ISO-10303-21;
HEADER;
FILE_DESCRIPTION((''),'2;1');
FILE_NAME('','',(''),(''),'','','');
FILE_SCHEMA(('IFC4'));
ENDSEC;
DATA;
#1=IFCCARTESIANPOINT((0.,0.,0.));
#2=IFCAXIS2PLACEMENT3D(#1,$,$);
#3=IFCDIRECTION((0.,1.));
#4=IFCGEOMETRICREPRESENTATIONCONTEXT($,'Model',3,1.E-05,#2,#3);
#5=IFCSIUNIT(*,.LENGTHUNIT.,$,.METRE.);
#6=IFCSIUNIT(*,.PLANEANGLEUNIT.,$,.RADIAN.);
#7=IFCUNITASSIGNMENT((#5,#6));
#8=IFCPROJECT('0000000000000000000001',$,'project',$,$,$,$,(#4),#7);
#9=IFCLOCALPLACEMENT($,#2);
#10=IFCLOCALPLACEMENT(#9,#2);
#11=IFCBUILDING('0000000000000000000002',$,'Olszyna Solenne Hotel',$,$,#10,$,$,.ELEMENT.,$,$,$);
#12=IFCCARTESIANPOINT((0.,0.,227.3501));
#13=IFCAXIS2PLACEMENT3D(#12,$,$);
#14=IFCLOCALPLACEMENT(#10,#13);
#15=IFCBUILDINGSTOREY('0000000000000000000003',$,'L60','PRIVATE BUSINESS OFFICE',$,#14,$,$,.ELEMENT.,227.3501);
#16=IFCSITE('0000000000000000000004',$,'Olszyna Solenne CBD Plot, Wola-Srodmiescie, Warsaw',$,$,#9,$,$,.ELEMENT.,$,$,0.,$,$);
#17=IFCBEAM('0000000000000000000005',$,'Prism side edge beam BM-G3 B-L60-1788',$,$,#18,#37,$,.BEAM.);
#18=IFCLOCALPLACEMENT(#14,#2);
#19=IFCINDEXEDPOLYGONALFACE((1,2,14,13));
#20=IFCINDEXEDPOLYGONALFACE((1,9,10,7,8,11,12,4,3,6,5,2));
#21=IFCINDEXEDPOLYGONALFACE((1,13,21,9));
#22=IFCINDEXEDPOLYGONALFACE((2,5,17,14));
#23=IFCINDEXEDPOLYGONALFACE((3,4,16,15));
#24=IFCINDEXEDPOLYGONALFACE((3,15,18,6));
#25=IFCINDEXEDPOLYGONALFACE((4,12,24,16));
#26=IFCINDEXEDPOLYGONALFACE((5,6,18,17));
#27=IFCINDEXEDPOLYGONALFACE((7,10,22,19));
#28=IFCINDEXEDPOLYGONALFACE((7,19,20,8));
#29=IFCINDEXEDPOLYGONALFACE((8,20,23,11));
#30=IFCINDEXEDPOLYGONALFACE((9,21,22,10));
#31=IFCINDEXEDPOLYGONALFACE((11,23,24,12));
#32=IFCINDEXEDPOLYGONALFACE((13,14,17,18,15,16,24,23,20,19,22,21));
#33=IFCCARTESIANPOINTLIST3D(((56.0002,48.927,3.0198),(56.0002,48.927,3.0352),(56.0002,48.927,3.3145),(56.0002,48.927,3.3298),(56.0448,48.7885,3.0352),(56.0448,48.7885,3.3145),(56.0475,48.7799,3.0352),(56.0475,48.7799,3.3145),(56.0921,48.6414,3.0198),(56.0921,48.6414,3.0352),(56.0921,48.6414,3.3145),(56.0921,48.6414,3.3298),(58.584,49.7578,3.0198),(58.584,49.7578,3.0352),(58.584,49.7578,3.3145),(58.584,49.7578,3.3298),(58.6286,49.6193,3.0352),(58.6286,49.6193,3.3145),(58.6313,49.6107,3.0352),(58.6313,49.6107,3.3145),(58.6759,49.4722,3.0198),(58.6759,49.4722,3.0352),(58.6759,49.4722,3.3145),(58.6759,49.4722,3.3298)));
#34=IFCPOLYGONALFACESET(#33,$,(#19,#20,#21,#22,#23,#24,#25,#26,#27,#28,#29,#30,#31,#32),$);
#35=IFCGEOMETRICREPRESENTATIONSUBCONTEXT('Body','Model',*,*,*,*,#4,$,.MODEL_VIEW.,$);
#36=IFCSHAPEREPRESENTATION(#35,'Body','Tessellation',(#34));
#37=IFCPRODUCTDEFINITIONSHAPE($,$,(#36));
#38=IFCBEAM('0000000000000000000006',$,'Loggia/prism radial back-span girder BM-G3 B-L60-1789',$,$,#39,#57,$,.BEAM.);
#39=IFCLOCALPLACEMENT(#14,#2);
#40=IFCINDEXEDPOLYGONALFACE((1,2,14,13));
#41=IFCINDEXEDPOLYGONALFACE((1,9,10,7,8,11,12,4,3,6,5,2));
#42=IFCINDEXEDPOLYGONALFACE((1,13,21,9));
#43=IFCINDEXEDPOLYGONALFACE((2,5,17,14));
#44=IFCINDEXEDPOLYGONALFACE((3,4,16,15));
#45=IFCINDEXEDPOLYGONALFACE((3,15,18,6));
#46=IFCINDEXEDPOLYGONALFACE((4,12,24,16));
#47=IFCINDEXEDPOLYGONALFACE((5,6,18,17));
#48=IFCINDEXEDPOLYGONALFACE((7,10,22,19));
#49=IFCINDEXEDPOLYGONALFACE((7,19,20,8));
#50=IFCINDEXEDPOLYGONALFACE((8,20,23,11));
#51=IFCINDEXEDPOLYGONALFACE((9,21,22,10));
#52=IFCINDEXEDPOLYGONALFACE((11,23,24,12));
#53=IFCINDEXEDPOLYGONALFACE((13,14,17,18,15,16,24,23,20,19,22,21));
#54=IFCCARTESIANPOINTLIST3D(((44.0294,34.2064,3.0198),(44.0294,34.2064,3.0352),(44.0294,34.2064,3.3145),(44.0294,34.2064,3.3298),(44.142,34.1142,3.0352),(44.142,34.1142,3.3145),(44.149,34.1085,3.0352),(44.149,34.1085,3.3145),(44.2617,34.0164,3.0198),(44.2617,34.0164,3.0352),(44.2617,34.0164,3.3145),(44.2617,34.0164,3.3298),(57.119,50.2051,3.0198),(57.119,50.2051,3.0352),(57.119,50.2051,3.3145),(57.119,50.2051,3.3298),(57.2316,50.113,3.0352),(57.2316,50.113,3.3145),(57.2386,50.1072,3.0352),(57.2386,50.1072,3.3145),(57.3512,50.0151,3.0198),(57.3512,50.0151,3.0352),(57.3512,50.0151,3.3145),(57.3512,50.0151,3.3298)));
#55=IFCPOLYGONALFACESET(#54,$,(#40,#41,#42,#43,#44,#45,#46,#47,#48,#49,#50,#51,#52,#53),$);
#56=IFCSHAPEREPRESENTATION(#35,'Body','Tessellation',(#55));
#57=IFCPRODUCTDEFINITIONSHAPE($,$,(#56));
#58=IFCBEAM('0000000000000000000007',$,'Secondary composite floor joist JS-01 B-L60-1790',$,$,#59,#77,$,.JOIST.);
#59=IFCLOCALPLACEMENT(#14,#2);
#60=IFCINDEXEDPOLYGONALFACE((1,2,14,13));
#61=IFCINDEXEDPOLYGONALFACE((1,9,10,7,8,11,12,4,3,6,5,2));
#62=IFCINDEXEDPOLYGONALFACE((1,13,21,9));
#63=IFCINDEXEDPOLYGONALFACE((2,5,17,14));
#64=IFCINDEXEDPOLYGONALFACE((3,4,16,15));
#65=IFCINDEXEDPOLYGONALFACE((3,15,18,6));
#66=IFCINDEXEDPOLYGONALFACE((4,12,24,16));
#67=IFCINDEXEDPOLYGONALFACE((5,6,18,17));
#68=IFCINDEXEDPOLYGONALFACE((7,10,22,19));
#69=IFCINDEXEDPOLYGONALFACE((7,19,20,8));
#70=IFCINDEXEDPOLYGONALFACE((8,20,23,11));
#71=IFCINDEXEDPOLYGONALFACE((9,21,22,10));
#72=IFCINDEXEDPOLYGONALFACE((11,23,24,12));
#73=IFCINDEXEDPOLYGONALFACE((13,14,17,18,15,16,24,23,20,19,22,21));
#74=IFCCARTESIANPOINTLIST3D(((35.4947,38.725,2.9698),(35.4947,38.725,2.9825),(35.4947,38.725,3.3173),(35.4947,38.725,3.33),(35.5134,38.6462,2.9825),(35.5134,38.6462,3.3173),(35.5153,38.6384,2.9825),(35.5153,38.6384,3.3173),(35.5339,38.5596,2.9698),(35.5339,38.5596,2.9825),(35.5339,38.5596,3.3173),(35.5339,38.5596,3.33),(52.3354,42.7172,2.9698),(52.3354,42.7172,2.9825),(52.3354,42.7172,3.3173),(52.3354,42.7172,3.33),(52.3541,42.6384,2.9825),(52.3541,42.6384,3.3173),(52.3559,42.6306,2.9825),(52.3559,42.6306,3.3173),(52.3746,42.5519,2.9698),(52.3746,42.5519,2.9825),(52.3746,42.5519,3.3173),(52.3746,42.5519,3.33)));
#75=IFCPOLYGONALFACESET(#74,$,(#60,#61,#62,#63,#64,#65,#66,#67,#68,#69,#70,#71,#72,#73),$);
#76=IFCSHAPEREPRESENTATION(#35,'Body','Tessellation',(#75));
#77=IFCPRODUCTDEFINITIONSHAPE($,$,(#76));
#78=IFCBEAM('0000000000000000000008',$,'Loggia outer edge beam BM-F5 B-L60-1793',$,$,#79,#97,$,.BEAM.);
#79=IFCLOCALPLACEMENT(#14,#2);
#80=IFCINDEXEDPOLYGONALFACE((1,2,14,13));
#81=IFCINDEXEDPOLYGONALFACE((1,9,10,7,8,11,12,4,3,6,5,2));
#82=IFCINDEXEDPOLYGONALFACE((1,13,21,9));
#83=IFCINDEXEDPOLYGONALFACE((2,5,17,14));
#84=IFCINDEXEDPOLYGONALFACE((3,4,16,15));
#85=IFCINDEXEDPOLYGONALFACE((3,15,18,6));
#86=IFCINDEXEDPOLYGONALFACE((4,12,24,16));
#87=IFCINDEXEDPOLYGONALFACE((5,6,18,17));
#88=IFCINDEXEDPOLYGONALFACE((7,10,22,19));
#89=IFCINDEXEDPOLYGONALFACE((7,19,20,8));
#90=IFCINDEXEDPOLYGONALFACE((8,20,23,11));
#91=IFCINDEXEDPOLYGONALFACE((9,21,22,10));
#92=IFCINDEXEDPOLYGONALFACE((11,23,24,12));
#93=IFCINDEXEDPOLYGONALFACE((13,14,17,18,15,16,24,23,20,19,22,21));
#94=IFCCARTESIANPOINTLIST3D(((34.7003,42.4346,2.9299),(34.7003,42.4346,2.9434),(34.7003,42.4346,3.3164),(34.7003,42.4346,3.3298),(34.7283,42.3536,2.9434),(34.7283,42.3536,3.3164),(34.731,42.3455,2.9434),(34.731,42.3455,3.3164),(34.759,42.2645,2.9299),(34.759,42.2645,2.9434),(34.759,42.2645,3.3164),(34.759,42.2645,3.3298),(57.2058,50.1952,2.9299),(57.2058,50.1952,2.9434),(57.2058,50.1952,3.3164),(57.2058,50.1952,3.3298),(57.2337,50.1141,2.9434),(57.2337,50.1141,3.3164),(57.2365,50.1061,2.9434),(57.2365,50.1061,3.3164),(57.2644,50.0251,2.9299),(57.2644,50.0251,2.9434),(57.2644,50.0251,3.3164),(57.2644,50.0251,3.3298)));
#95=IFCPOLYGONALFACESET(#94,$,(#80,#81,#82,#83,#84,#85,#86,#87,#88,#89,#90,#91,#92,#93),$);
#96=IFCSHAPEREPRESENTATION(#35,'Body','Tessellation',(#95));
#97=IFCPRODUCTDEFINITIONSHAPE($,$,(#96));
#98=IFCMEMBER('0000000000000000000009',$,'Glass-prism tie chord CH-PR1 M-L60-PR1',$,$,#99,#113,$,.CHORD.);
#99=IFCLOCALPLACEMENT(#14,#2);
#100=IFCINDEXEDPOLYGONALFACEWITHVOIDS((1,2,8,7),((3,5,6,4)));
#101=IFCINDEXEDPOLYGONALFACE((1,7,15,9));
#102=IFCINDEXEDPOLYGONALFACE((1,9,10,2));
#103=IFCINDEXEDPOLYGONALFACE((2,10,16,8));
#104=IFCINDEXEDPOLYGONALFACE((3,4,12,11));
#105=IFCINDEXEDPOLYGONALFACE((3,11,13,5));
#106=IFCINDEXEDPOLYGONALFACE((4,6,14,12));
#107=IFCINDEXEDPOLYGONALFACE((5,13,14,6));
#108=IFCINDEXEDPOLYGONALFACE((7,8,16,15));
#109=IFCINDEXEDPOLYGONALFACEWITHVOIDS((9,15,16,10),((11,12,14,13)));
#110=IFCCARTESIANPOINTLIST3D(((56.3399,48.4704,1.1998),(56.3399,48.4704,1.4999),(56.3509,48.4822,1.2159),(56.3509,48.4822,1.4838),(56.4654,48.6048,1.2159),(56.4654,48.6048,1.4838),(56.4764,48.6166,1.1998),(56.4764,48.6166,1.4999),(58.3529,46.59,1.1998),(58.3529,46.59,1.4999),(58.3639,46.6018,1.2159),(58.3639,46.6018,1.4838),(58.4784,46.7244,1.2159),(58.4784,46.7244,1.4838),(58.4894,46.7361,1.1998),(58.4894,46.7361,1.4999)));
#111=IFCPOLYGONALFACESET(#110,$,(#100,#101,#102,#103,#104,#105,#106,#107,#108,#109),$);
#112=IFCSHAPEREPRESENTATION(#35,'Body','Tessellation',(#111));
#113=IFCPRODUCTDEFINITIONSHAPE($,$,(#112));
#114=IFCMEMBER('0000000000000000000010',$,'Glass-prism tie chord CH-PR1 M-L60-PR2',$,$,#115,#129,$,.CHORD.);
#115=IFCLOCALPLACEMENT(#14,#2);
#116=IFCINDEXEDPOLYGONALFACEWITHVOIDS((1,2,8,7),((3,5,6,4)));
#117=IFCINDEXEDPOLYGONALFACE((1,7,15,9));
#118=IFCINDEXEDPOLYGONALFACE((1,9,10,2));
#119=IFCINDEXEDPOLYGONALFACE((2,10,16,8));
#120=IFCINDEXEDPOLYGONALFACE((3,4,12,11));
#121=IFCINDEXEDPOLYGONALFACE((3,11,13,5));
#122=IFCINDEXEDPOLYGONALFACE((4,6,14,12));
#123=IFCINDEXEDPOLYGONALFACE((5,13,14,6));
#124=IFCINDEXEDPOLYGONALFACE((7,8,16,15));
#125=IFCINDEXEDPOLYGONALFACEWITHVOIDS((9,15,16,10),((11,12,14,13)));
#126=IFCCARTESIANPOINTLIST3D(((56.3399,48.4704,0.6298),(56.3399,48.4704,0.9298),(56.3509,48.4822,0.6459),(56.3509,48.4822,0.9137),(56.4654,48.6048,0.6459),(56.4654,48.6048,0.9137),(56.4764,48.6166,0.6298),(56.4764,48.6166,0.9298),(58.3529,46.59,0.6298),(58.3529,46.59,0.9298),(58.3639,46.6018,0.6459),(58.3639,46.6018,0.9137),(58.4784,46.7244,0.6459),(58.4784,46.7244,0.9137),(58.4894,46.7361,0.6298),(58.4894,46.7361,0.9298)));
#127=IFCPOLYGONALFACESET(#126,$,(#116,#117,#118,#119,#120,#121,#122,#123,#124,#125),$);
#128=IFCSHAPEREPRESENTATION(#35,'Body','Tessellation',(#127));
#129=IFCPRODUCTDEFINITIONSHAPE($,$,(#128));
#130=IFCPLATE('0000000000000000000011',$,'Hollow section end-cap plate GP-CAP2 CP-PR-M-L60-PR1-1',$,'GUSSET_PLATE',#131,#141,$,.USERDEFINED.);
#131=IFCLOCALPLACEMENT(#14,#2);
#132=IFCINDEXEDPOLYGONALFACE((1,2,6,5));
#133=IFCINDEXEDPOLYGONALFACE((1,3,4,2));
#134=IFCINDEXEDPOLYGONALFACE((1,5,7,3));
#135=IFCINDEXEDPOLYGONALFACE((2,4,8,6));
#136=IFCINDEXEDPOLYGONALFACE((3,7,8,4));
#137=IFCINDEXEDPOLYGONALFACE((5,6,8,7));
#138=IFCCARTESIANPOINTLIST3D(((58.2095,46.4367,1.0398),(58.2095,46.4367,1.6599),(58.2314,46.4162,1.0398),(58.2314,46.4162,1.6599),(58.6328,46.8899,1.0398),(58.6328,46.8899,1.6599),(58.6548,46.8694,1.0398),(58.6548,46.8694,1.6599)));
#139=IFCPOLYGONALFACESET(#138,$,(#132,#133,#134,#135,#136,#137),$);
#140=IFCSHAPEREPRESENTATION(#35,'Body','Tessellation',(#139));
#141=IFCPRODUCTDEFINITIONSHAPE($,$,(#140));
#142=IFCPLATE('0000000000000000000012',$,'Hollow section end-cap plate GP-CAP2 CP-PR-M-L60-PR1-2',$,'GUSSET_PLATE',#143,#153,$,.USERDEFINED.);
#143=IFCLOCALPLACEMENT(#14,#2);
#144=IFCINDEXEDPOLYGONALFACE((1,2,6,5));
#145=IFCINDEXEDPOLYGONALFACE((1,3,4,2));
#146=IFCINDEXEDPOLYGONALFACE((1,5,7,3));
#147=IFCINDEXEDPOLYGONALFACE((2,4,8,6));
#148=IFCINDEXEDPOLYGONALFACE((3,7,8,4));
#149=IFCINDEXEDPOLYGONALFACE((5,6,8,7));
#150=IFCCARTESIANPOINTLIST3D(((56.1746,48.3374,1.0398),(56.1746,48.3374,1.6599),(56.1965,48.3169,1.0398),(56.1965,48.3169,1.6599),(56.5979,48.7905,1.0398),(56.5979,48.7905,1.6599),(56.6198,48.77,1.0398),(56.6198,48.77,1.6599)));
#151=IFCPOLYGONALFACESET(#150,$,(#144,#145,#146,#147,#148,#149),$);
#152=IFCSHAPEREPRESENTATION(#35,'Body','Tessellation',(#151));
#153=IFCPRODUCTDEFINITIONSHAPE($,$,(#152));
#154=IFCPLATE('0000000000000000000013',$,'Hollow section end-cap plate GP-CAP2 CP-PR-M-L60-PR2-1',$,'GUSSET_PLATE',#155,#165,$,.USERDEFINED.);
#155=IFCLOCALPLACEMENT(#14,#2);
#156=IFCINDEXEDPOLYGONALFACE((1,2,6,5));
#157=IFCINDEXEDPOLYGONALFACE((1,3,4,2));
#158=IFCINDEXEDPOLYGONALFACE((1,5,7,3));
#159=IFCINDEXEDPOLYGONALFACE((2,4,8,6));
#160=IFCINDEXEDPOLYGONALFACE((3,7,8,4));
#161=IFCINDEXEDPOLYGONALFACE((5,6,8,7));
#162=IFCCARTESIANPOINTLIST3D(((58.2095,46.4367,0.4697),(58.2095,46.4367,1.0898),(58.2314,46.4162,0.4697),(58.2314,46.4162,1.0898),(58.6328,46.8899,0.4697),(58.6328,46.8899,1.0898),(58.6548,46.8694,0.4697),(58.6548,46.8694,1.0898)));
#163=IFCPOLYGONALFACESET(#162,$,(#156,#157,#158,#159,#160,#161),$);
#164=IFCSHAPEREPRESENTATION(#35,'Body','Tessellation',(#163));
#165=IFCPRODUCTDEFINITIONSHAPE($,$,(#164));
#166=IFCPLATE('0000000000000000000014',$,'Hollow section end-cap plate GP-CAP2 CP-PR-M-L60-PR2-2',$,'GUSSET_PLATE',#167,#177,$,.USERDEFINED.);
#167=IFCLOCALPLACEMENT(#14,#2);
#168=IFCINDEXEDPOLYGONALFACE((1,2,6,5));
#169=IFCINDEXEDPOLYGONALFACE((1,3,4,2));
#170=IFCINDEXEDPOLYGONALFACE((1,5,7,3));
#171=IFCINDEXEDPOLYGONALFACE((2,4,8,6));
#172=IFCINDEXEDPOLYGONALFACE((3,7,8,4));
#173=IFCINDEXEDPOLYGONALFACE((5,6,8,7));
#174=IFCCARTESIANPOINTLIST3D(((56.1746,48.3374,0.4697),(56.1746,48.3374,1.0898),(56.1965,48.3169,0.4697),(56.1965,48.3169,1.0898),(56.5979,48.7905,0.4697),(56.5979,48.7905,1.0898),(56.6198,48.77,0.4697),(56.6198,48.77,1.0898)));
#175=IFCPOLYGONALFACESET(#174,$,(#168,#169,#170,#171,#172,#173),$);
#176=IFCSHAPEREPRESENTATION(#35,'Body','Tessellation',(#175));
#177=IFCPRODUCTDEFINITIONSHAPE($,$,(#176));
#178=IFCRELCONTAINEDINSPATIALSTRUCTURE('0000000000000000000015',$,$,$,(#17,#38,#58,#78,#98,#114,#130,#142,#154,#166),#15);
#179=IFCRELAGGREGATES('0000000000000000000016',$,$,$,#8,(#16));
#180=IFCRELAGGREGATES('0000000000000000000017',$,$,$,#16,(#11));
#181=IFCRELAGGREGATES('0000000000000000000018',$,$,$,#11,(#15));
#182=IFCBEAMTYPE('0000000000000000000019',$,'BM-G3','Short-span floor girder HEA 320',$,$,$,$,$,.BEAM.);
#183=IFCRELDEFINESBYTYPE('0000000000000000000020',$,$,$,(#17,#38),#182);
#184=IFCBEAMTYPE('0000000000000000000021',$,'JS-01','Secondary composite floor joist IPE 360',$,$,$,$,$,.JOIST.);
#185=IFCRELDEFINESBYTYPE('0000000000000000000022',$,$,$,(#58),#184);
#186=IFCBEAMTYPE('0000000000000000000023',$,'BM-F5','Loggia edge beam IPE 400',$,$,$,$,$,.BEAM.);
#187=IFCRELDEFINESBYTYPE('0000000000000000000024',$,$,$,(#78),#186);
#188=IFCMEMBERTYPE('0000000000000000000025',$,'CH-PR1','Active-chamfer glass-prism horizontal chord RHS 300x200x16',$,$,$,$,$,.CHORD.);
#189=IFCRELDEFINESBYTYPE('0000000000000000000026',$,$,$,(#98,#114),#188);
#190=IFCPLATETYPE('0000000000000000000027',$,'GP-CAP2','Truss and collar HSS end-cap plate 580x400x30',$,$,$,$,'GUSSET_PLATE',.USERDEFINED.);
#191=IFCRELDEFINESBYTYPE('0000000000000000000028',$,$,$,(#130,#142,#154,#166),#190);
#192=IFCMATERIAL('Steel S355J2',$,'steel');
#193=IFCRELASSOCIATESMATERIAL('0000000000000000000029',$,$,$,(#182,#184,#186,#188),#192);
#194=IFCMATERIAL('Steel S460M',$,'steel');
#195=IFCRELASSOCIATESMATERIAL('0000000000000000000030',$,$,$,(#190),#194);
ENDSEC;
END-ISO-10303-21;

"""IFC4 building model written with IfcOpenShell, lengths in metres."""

from ifc_helpers import new_model, si_unit, direction, frame, origin, origin_2d, place, context, subcontext, project, spatial, rectangle, hollow_rectangle, i_section, extrude, source, transform, mapped, material, material_profile, profile_set, type_object, element, save


model = new_model("IFC4")

# Units and contexts
model_context = context("Model", 3, precision=1e-05, world=origin(), true_north=direction((0.0, 1.0)))
body_context = subcontext(model_context, "Body", "Model", "MODEL_VIEW")
ifc_project = project(units=[si_unit("LENGTHUNIT", "METRE"), si_unit("PLANEANGLEUNIT", "RADIAN")], contexts=[model_context])

# Site, building, storey
site_placement = place(None, origin())
site = spatial("IfcSite", under=ifc_project, at=site_placement, Name="Olszyna Solenne CBD Plot, Wola-Srodmiescie, Warsaw", CompositionType="ELEMENT", RefElevation=0.0)
building_placement = place(site_placement, origin())
building = spatial("IfcBuilding", under=site, at=building_placement, Name="Olszyna Solenne Hotel", CompositionType="ELEMENT")
storey_placement = place(building_placement, frame((0.0, 0.0, 227.3501)))
storey = spatial("IfcBuildingStorey", under=building, at=storey_placement, Name="L60", Description="PRIVATE BUSINESS OFFICE", CompositionType="ELEMENT", Elevation=227.3501)

# Shared definitions
ifc_material_1 = material(Name="Steel S460M", Category="steel")

# Beams
ifc_material_2 = material(Name="Steel S355J2", Category="steel")
ifc_material_profile_1 = material_profile(ifc_material_2, i_section(OverallWidth=0.3, OverallDepth=0.3101, WebThickness=0.009, FlangeThickness=0.0154, at=origin_2d()), Name="HEA 320", Category="load-bearing")
ifc_profile_set_1 = profile_set([ifc_material_profile_1], Name="Steel S355J2")
beam_type_1 = type_object("IfcBeamType", Name="BM-G3", Description="Short-span floor girder HEA 320", PredefinedType="BEAM", material=ifc_profile_set_1)
shared_shape_1 = source(origin(), body_context, "Body", "SweptSolid", [
    extrude(i_section(OverallWidth=0.3, OverallDepth=0.3101, WebThickness=0.009, FlangeThickness=0.0154, at=origin_2d()), origin(), (0.0, 0.0, 1.0), 2.7141),
])
beam_1_placement = place(storey_placement, frame((56.0461, 48.7842, 3.1748), z_axis=(0.951994, 0.306117, 0.0), x_axis=(-0.306117, 0.951994, 0.0)))
element("IfcBeam", 1, at=beam_1_placement, inside=storey, type_object=beam_type_1, Name="Prism side edge beam BM-G3 B-L60-1788", PredefinedType="BEAM", context=body_context, shape_type="MappedRepresentation", body=[
    mapped(shared_shape_1, transform((0.0, 0.0, 0.0), x_axis=(1.0, 0.0, 0.0), y_axis=(0.0, 1.0, 0.0), z_axis=(0.0, 0.0, 1.0), scale=1.0)),
])
shared_shape_2 = source(origin(), body_context, "Body", "SweptSolid", [
    extrude(i_section(OverallWidth=0.3, OverallDepth=0.3101, WebThickness=0.009, FlangeThickness=0.0154, at=origin_2d()), origin(), (0.0, 0.0, 1.0), 20.6711),
])
beam_2_placement = place(storey_placement, frame((57.2351, 50.1101, 3.1748), z_axis=(-0.633229, -0.773965, 0.0), x_axis=(0.773965, -0.633229, 0.0)))
element("IfcBeam", 2, at=beam_2_placement, inside=storey, type_object=beam_type_1, Name="Loggia/prism radial back-span girder BM-G3 B-L60-1789", PredefinedType="BEAM", context=body_context, shape_type="MappedRepresentation", body=[
    mapped(shared_shape_2, transform((0.0, 0.0, 0.0), x_axis=(1.0, 0.0, 0.0), y_axis=(0.0, 1.0, 0.0), z_axis=(0.0, 0.0, 1.0), scale=1.0)),
])
ifc_material_profile_2 = material_profile(ifc_material_2, i_section(OverallWidth=0.1699, OverallDepth=0.3601, WebThickness=0.0081, FlangeThickness=0.0127, at=origin_2d()), Name="IPE 360", Category="load-bearing")
ifc_profile_set_2 = profile_set([ifc_material_profile_2], Name="Steel S355J2")
beam_type_2 = type_object("IfcBeamType", Name="JS-01", Description="Secondary composite floor joist IPE 360", PredefinedType="JOIST", material=ifc_profile_set_2)
shared_shape_3 = source(origin(), body_context, "Body", "SweptSolid", [
    extrude(i_section(OverallWidth=0.1699, OverallDepth=0.3601, WebThickness=0.0081, FlangeThickness=0.0127, at=origin_2d()), origin(), (0.0, 0.0, 1.0), 17.3074),
])
beam_3_placement = place(storey_placement, frame((52.355, 42.6345, 3.1499), z_axis=(-0.973033, -0.230665, 0.0), x_axis=(0.230665, -0.973033, 0.0)))
element("IfcBeam", 3, at=beam_3_placement, inside=storey, type_object=beam_type_2, Name="Secondary composite floor joist JS-01 B-L60-1790", PredefinedType="JOIST", context=body_context, shape_type="MappedRepresentation", body=[
    mapped(shared_shape_3, transform((0.0, 0.0, 0.0), x_axis=(1.0, 0.0, 0.0), y_axis=(0.0, 1.0, 0.0), z_axis=(0.0, 0.0, 1.0), scale=1.0)),
])
ifc_material_profile_3 = material_profile(ifc_material_2, i_section(OverallWidth=0.1799, OverallDepth=0.3999, WebThickness=0.0085, FlangeThickness=0.0134, at=origin_2d()), Name="IPE 400", Category="load-bearing")
ifc_profile_set_3 = profile_set([ifc_material_profile_3], Name="Steel S355J2")
beam_type_3 = type_object("IfcBeamType", Name="BM-F5", Description="Loggia edge beam IPE 400", PredefinedType="BEAM", material=ifc_profile_set_3)
shared_shape_4 = source(origin(), body_context, "Body", "SweptSolid", [
    extrude(i_section(OverallWidth=0.1799, OverallDepth=0.3999, WebThickness=0.0085, FlangeThickness=0.0134, at=origin_2d()), origin(), (0.0, 0.0, 1.0), 23.8059),
])
beam_4_placement = place(storey_placement, frame((57.2351, 50.1101, 3.1299), z_axis=(-0.945373, -0.325992, 0.0), x_axis=(0.325992, -0.945373, 0.0)))
element("IfcBeam", 4, at=beam_4_placement, inside=storey, type_object=beam_type_3, Name="Loggia outer edge beam BM-F5 B-L60-1793", PredefinedType="BEAM", context=body_context, shape_type="MappedRepresentation", body=[
    mapped(shared_shape_4, transform((0.0, 0.0, 0.0), x_axis=(1.0, 0.0, 0.0), y_axis=(0.0, 1.0, 0.0), z_axis=(0.0, 0.0, 1.0), scale=1.0)),
])

# Members
ifc_material_profile_4 = material_profile(ifc_material_2, hollow_rectangle(XDim=0.2, YDim=0.3, WallThickness=0.0161, at=origin_2d()), Name="RHS 300x200x16", Category="load-bearing")
ifc_profile_set_4 = profile_set([ifc_material_profile_4], Name="Steel S355J2")
member_type = type_object("IfcMemberType", Name="CH-PR1", Description="Active-chamfer glass-prism horizontal chord RHS 300x200x16", PredefinedType="CHORD", material=ifc_profile_set_4)
shared_shape_5 = source(origin(), body_context, "Body", "SweptSolid", [
    extrude(hollow_rectangle(XDim=0.2, YDim=0.3, WallThickness=0.0161, at=origin_2d()), origin(), (0.0, 0.0, 1.0), 2.7546),
])
for number, where, z_axis, x_axis, name in (
    (5, (58.4211, 46.6631, 1.3499), (-0.73076, 0.682634, 0.0), (-0.682634, -0.73076, 0.0), "Glass-prism tie chord CH-PR1 M-L60-PR1"),
    (6, (58.4211, 46.6631, 0.7798), (-0.73076, 0.682634, 0.0), (-0.682634, -0.73076, 0.0), "Glass-prism tie chord CH-PR1 M-L60-PR2"),
):
    element("IfcMember", number, at=place(storey_placement, frame(where, z_axis=z_axis, x_axis=x_axis)), inside=storey, type_object=member_type, Name=name, PredefinedType="CHORD", context=body_context, shape_type="MappedRepresentation", body=[
        mapped(shared_shape_5, transform((0.0, 0.0, 0.0), x_axis=(1.0, 0.0, 0.0), y_axis=(0.0, 1.0, 0.0), z_axis=(0.0, 0.0, 1.0), scale=1.0)),
    ])

# Plates
plate_type = type_object("IfcPlateType", Name="GP-CAP2", Description="Truss and collar HSS end-cap plate 580x400x30", ElementType="GUSSET_PLATE", PredefinedType="USERDEFINED", material=ifc_material_1)
shared_shape_6 = source(origin(), body_context, "Body", "SweptSolid", [
    extrude(rectangle(XDim=0.03, YDim=0.6201, at=origin_2d()), origin(), (0.0, 0.0, 1.0), 0.6201),
])
for number, where, z_axis, x_axis, name in (
    (7, (58.4321, 46.6531, 1.0398), (0.0, 0.0, 1.0), (-0.730758, 0.682636, 0.0), "Hollow section end-cap plate GP-CAP2 CP-PR-M-L60-PR1-1"),
    (8, (56.3972, 48.5537, 1.0398), (0.0, 0.0, 1.0), (-0.730758, 0.682636, 0.0), "Hollow section end-cap plate GP-CAP2 CP-PR-M-L60-PR1-2"),
    (9, (58.4321, 46.6531, 0.4697), (0.0, 0.0, 1.0), (-0.730758, 0.682636, 0.0), "Hollow section end-cap plate GP-CAP2 CP-PR-M-L60-PR2-1"),
    (10, (56.3972, 48.5537, 0.4697), (0.0, 0.0, 1.0), (-0.730758, 0.682636, 0.0), "Hollow section end-cap plate GP-CAP2 CP-PR-M-L60-PR2-2"),
):
    element("IfcPlate", number, at=place(storey_placement, frame(where, z_axis=z_axis, x_axis=x_axis)), inside=storey, type_object=plate_type, Name=name, ObjectType="GUSSET_PLATE", PredefinedType="USERDEFINED", context=body_context, shape_type="MappedRepresentation", body=[
        mapped(shared_shape_6, transform((0.0, 0.0, 0.0), x_axis=(1.0, 0.0, 0.0), y_axis=(0.0, 1.0, 0.0), z_axis=(0.0, 0.0, 1.0), scale=1.0)),
    ])

save(model, "model.ifc")
